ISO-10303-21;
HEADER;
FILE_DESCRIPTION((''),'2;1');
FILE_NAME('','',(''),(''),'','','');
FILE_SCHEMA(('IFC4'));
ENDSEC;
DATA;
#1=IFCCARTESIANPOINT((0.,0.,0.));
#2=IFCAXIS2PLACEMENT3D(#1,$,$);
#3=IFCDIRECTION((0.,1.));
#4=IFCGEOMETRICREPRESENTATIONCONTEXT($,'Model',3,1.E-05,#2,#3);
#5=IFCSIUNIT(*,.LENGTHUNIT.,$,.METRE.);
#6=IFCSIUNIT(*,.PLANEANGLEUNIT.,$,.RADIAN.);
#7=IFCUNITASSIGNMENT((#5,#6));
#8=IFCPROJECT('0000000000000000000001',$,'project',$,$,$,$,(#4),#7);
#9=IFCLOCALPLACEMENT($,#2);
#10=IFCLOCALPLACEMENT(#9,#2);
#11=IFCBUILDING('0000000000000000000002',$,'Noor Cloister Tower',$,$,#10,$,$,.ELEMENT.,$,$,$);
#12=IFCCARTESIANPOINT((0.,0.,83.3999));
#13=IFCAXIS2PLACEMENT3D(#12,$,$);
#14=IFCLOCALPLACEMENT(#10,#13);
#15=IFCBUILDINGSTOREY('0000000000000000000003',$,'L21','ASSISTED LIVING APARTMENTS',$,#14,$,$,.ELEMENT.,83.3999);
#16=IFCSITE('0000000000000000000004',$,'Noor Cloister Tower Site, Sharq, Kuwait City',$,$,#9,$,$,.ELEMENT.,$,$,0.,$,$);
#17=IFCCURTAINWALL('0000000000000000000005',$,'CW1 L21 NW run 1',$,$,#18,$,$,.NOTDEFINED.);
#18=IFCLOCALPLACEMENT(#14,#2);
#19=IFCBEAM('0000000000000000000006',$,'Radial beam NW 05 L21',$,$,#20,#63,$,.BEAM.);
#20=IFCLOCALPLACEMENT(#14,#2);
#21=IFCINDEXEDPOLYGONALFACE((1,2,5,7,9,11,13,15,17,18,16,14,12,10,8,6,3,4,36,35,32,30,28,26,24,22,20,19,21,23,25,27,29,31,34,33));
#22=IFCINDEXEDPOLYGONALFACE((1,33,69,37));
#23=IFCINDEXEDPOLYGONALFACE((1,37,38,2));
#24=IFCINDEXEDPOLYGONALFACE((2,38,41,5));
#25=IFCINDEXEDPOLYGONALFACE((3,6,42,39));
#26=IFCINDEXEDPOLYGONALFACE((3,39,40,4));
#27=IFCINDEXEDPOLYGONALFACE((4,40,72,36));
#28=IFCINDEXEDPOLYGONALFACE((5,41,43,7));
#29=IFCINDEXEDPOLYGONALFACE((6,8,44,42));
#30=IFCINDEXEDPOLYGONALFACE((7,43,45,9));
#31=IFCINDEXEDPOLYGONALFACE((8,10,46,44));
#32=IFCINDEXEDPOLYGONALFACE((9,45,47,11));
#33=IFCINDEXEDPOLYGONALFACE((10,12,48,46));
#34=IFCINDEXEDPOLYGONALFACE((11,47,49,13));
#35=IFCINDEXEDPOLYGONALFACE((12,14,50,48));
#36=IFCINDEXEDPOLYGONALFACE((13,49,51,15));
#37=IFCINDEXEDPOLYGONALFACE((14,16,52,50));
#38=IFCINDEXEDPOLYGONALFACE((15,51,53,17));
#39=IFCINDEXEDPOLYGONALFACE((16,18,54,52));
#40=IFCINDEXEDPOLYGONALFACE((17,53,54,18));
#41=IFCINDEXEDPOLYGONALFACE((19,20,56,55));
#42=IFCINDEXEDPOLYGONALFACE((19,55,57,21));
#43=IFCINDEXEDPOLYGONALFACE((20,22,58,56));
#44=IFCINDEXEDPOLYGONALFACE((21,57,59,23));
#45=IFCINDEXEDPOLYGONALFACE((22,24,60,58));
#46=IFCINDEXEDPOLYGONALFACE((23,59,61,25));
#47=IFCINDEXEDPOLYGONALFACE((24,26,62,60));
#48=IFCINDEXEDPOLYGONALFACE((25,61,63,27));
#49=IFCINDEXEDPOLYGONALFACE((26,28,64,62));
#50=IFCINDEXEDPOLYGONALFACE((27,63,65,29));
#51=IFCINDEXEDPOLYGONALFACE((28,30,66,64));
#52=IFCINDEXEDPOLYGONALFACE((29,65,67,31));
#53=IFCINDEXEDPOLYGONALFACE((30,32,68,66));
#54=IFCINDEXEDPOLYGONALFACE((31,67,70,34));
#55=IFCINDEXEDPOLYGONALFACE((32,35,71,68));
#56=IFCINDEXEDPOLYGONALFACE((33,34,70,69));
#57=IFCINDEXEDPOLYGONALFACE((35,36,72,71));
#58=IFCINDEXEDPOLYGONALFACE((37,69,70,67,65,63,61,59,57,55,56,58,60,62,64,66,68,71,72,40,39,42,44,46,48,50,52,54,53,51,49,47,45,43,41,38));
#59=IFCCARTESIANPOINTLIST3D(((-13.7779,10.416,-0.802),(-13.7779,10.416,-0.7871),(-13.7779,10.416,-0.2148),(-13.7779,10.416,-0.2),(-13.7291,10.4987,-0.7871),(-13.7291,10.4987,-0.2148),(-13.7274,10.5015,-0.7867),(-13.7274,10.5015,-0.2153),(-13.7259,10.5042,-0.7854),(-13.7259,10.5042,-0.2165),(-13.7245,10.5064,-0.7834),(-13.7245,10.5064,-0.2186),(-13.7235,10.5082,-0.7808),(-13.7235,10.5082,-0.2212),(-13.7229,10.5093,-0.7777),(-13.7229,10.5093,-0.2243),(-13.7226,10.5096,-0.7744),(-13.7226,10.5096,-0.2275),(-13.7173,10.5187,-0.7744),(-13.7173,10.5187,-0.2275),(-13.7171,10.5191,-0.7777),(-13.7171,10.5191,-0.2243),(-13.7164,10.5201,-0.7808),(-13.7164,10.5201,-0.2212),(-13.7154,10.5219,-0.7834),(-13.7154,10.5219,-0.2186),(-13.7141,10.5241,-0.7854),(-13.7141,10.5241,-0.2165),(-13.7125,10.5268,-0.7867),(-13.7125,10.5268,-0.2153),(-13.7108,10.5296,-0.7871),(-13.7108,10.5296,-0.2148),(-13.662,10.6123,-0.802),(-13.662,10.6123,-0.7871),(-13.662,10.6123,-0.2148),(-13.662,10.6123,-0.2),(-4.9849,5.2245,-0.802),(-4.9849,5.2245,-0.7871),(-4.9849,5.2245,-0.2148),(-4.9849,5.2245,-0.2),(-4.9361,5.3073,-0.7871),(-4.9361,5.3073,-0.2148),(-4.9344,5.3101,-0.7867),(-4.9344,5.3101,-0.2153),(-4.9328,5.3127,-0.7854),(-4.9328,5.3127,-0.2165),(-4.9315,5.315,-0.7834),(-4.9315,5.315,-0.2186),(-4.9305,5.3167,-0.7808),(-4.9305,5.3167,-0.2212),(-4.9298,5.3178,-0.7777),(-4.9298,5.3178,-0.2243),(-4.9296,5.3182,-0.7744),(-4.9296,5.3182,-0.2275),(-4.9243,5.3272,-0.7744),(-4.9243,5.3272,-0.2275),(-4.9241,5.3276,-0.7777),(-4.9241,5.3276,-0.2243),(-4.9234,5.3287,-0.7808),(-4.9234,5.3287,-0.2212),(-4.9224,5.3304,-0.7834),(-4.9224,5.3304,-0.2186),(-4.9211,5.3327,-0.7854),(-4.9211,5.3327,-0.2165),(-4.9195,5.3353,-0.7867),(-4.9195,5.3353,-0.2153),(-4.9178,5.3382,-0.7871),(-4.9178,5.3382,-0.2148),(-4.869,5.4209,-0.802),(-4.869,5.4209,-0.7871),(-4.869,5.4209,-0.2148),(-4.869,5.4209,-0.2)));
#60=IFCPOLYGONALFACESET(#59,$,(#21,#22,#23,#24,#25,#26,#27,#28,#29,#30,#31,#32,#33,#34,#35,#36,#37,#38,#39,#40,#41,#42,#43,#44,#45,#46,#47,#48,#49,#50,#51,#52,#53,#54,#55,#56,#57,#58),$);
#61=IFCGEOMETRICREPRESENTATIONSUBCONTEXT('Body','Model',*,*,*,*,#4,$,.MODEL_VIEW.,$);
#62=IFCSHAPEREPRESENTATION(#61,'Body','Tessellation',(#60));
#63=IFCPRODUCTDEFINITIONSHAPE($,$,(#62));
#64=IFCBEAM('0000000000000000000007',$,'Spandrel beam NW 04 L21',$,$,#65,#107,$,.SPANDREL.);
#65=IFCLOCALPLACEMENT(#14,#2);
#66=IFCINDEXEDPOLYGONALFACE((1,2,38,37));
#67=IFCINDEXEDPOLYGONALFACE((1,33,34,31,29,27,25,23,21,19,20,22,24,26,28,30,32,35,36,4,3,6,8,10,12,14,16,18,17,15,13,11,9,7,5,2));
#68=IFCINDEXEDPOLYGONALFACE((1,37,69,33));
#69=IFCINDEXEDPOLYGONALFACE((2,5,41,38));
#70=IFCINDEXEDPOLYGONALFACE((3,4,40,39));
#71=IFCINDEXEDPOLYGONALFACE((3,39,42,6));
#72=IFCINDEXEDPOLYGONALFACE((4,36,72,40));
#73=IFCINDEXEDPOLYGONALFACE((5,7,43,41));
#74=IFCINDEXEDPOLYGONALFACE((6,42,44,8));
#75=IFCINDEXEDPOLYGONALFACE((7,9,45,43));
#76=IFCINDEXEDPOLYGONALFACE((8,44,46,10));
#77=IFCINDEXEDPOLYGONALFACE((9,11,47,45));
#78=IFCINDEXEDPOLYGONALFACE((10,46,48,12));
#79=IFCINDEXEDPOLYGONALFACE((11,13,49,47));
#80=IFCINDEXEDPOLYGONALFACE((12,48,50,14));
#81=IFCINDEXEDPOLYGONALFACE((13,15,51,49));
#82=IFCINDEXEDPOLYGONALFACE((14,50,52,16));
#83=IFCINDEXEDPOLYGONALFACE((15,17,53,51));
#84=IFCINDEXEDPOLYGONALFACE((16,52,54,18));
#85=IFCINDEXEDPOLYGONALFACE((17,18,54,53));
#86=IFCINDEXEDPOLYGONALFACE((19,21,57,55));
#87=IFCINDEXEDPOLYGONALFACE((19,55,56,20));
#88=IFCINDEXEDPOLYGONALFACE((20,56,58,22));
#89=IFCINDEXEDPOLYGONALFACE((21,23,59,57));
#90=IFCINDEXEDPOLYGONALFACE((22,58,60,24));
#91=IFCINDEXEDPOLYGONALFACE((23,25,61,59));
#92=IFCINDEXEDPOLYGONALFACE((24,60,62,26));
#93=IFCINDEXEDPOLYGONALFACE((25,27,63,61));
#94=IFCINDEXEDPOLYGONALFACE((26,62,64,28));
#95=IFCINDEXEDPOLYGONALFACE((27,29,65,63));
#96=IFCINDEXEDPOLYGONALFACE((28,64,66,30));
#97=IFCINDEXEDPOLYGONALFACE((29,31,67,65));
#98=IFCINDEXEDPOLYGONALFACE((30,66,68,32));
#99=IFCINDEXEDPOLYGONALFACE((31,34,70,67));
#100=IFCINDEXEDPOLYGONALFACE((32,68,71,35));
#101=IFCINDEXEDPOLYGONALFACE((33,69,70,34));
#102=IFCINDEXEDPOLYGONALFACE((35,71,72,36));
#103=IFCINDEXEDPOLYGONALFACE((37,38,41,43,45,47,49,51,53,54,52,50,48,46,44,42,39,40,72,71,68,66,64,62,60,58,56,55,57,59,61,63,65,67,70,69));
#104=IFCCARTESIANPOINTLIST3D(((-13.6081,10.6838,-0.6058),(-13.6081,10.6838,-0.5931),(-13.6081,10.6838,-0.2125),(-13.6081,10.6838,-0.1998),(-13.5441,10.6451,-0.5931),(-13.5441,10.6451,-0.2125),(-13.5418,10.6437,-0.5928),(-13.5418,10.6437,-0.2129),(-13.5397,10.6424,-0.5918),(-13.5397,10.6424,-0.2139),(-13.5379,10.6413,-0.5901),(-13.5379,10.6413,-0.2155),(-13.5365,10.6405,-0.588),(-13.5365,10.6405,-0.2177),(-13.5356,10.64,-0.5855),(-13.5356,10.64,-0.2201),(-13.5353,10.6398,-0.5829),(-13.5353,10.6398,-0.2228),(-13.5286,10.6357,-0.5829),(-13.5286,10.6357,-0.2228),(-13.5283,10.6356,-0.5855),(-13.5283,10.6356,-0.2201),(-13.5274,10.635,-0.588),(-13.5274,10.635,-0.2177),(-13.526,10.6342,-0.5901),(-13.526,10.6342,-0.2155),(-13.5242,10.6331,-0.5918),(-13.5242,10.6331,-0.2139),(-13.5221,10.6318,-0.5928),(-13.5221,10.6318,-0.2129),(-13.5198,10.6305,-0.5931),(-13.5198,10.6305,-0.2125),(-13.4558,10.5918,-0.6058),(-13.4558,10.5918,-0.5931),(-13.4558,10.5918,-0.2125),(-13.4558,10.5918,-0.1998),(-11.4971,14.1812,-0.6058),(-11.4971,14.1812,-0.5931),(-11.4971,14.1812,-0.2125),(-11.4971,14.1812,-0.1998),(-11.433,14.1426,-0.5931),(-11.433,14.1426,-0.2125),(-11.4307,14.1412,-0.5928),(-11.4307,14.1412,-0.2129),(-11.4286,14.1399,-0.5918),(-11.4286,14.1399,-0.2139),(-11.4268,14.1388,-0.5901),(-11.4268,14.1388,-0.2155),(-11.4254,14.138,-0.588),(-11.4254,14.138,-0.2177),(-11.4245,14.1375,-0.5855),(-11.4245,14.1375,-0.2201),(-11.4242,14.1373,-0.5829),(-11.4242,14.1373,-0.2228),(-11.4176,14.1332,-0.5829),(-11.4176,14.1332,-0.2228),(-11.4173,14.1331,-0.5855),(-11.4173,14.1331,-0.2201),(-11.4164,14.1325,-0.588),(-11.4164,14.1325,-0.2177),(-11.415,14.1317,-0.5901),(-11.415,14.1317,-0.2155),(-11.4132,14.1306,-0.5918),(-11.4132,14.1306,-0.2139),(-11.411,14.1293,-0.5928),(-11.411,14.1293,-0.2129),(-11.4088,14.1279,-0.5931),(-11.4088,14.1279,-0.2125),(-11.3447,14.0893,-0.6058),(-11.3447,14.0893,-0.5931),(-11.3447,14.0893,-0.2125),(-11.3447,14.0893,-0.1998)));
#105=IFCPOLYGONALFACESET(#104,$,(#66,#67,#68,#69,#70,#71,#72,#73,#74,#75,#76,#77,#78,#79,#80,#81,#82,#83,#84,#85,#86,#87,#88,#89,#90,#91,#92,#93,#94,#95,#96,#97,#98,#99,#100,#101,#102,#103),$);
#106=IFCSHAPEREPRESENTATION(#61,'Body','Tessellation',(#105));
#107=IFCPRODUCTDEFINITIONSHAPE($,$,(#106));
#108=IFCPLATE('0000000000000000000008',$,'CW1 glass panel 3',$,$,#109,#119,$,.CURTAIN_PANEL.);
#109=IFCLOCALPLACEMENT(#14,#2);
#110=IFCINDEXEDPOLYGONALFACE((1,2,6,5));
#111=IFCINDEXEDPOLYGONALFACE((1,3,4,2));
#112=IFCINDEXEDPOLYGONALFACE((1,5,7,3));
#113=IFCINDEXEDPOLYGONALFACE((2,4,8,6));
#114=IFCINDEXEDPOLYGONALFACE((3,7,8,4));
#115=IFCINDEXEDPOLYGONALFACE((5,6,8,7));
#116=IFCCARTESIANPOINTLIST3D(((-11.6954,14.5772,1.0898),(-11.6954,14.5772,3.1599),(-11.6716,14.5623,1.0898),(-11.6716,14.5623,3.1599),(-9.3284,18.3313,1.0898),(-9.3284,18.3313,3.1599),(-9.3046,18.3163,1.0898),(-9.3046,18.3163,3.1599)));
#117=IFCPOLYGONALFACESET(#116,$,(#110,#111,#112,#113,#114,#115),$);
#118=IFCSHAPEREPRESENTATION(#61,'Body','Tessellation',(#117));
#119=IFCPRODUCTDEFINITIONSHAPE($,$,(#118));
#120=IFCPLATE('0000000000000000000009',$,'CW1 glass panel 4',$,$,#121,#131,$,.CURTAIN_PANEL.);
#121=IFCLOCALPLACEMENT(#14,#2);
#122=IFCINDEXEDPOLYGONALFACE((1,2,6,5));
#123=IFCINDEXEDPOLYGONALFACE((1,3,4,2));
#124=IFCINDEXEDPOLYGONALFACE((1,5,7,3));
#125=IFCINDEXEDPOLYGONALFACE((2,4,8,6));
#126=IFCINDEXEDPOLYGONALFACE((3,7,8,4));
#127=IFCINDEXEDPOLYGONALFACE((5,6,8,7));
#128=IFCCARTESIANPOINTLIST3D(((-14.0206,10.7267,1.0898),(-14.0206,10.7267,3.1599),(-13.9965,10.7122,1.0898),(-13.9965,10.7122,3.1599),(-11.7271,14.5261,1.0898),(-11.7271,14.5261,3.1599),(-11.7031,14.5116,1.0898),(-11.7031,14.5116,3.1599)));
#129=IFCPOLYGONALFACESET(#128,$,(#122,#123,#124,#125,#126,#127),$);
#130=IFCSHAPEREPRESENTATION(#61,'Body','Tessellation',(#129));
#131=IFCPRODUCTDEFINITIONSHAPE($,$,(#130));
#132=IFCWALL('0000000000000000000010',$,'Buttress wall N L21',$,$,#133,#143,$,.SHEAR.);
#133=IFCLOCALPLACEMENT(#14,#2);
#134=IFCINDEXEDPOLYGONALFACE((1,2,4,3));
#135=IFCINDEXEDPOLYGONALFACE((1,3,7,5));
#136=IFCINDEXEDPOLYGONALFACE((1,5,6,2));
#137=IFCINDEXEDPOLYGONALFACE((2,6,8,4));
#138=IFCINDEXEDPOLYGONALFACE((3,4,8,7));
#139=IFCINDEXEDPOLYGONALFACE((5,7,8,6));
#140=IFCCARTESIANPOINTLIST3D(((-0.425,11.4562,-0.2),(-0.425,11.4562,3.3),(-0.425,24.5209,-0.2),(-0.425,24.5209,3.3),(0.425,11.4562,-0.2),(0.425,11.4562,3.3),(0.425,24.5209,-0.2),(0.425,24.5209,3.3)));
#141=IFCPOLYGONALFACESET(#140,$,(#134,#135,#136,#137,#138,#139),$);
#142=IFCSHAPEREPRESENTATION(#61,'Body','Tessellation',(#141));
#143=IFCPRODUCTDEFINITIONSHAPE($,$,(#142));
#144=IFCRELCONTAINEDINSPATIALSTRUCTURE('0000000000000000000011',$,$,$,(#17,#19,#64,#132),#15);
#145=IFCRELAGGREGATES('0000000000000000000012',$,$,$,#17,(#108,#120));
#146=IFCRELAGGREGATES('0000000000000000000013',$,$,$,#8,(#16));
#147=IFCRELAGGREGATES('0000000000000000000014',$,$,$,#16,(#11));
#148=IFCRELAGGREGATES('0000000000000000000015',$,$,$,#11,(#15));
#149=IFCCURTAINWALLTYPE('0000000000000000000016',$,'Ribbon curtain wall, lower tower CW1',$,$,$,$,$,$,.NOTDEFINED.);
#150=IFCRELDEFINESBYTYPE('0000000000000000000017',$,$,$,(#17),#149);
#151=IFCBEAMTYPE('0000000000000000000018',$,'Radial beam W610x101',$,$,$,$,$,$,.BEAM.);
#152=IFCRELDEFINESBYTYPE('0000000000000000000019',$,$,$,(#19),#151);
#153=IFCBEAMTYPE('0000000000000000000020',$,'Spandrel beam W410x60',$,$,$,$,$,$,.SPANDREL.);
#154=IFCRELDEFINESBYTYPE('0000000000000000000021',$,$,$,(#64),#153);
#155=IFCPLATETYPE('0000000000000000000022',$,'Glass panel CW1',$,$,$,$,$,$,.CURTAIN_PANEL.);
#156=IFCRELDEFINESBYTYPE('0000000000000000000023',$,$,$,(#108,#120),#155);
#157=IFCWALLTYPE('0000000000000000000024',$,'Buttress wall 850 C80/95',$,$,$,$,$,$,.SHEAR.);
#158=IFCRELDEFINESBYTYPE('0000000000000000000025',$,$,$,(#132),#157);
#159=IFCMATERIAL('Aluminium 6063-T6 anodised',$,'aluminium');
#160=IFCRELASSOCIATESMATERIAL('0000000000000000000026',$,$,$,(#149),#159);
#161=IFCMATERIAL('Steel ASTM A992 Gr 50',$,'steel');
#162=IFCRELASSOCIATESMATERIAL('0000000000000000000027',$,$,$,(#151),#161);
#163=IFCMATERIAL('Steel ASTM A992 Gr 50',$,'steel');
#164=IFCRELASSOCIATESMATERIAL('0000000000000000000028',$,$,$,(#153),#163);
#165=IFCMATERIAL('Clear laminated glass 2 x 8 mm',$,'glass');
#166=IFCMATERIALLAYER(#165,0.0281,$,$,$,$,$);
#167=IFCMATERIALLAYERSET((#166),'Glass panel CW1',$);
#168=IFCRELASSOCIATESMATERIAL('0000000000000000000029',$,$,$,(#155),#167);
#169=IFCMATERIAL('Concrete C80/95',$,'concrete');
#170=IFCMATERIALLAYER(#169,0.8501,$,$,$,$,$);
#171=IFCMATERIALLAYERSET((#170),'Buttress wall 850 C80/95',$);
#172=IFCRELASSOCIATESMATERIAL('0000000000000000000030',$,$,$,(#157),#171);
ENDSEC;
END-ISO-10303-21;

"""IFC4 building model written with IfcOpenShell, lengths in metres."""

from ifc_helpers import new_model, si_unit, direction, frame, frame_2d, origin, origin_2d, place, context, subcontext, project, spatial, rectangle, i_section, extrude, material, layer, layer_set, material_profile, profile_set, type_object, element, aggregate, save


model = new_model("IFC4")

# Units and contexts
model_context = context("Model", 3, precision=1e-05, world=origin(), true_north=direction((0.0, 1.0)))
body_context = subcontext(model_context, "Body", "Model", "MODEL_VIEW")
ifc_project = project(units=[si_unit("LENGTHUNIT", "METRE"), si_unit("PLANEANGLEUNIT", "RADIAN")], contexts=[model_context])

# Site, building, storey
site_placement = place(None, origin())
site = spatial("IfcSite", under=ifc_project, at=site_placement, Name="Noor Cloister Tower Site, Sharq, Kuwait City", CompositionType="ELEMENT", RefElevation=0.0)
building_placement = place(site_placement, origin())
building = spatial("IfcBuilding", under=site, at=building_placement, Name="Noor Cloister Tower", CompositionType="ELEMENT")
storey_placement = place(building_placement, frame((0.0, 0.0, 83.3999)))
storey = spatial("IfcBuildingStorey", under=building, at=storey_placement, Name="L21", Description="ASSISTED LIVING APARTMENTS", CompositionType="ELEMENT", Elevation=83.3999)

# Curtain wall
ifc_material_1 = material(Name="Aluminium 6063-T6 anodised", Category="aluminium")
curtain_wall_type = type_object("IfcCurtainWallType", Name="Ribbon curtain wall, lower tower CW1", PredefinedType="NOTDEFINED", material=ifc_material_1)
curtain_wall_placement = place(storey_placement, origin())
curtain_wall = element("IfcCurtainWall", 1, at=curtain_wall_placement, inside=storey, type_object=curtain_wall_type, Name="CW1 L21 NW run 1", PredefinedType="NOTDEFINED")

# Beams
ifc_material_2 = material(Name="Steel ASTM A992 Gr 50", Category="steel")
ifc_material_profile_1 = material_profile(ifc_material_2, i_section(OverallWidth=0.228, OverallDepth=0.6021, WebThickness=0.0105, FlangeThickness=0.0149, FilletRadius=0.0127, at=origin_2d()), Name="W610x101")
ifc_profile_set_1 = profile_set([ifc_material_profile_1], Name="Steel ASTM A992 Gr 50")
beam_type_1 = type_object("IfcBeamType", Name="Radial beam W610x101", PredefinedType="BEAM", material=ifc_profile_set_1)
beam_1_placement = place(storey_placement, frame((-13.72, 10.5142, -0.501), z_axis=(0.861117, -0.508407, 0.0), x_axis=(0.508407, 0.861117, 0.0)))
element("IfcBeam", 2, at=beam_1_placement, inside=storey, type_object=beam_type_1, Name="Radial beam NW 05 L21", PredefinedType="BEAM", context=body_context, shape_type="SweptSolid", body=[
    extrude(i_section(OverallWidth=0.228, OverallDepth=0.6021, WebThickness=0.0105, FlangeThickness=0.0149, FilletRadius=0.0127, at=origin_2d()), origin(), (0.0, 0.0, 1.0), 10.2112),
])
ifc_material_3 = material(Name="Steel ASTM A992 Gr 50", Category="steel")
ifc_material_profile_2 = material_profile(ifc_material_3, i_section(OverallWidth=0.178, OverallDepth=0.406, WebThickness=0.0078, FlangeThickness=0.0127, FilletRadius=0.0103, at=origin_2d()), Name="W410x60")
ifc_profile_set_2 = profile_set([ifc_material_profile_2], Name="Steel ASTM A992 Gr 50")
beam_type_2 = type_object("IfcBeamType", Name="Spandrel beam W410x60", PredefinedType="SPANDREL", material=ifc_profile_set_2)
beam_2_placement = place(storey_placement, frame((-11.4209, 14.1353, -0.4028), z_axis=(-0.516753, -0.856135, 0.0), x_axis=(0.856135, -0.516753, 0.0)))
element("IfcBeam", 3, at=beam_2_placement, inside=storey, type_object=beam_type_2, Name="Spandrel beam NW 04 L21", PredefinedType="SPANDREL", context=body_context, shape_type="SweptSolid", body=[
    extrude(i_section(OverallWidth=0.178, OverallDepth=0.406, WebThickness=0.0078, FlangeThickness=0.0127, FilletRadius=0.0103, at=origin_2d()), origin(), (0.0, 0.0, 1.0), 4.0852),
])

# Plates
ifc_material_4 = material(Name="Clear laminated glass 2 x 8 mm", Category="glass")
ifc_layer_1 = layer(ifc_material_4, 0.0281)
ifc_layer_set_1 = layer_set([ifc_layer_1], Name="Glass panel CW1")
plate_type = type_object("IfcPlateType", Name="Glass panel CW1", PredefinedType="CURTAIN_PANEL", material=ifc_layer_set_1)
plate_1_placement = place(storey_placement, frame((-10.5, 16.4468, 1.0898), z_axis=(0.0, 0.0, 1.0), x_axis=(-0.533352, -0.845893, 0.0)))
plate_1 = element("IfcPlate", 4, at=plate_1_placement, type_object=plate_type, Name="CW1 glass panel 3", PredefinedType="CURTAIN_PANEL", context=body_context, shape_type="SweptSolid", body=[
    extrude(rectangle(XDim=4.438, YDim=0.0281, at=origin_2d()), origin(), (0.0, 0.0, 1.0), 2.0701),
])
plate_2_placement = place(storey_placement, frame((-12.8618, 12.6191, 1.0898), z_axis=(0.0, 0.0, 1.0), x_axis=(-0.516774, -0.856122, 0.0)))
plate_2 = element("IfcPlate", 5, at=plate_2_placement, type_object=plate_type, Name="CW1 glass panel 4", PredefinedType="CURTAIN_PANEL", context=body_context, shape_type="SweptSolid", body=[
    extrude(rectangle(XDim=4.438, YDim=0.0281, at=origin_2d()), origin(), (0.0, 0.0, 1.0), 2.0701),
])
aggregate(curtain_wall, [plate_1, plate_2])

# Wall
ifc_material_5 = material(Name="Concrete C80/95", Category="concrete")
ifc_layer_2 = layer(ifc_material_5, 0.8501)
ifc_layer_set_2 = layer_set([ifc_layer_2], Name="Buttress wall 850 C80/95")
wall_type_1 = type_object("IfcWallType", Name="Buttress wall 850 C80/95", PredefinedType="SHEAR", material=ifc_layer_set_2)
wall_1_placement = place(storey_placement, frame((0.0, 11.4563, -0.2), z_axis=(0.0, 0.0, 1.0), x_axis=(0.0, 1.0, 0.0)))
element("IfcWall", 6, at=wall_1_placement, inside=storey, type_object=wall_type_1, Name="Buttress wall N L21", PredefinedType="SHEAR", context=body_context, shape_type="SweptSolid", body=[
    extrude(rectangle(XDim=13.0647, YDim=0.8501, at=frame_2d((6.5322, 0.0))), origin(), (0.0, 0.0, 1.0), 3.5),
])

save(model, "model.ifc")
